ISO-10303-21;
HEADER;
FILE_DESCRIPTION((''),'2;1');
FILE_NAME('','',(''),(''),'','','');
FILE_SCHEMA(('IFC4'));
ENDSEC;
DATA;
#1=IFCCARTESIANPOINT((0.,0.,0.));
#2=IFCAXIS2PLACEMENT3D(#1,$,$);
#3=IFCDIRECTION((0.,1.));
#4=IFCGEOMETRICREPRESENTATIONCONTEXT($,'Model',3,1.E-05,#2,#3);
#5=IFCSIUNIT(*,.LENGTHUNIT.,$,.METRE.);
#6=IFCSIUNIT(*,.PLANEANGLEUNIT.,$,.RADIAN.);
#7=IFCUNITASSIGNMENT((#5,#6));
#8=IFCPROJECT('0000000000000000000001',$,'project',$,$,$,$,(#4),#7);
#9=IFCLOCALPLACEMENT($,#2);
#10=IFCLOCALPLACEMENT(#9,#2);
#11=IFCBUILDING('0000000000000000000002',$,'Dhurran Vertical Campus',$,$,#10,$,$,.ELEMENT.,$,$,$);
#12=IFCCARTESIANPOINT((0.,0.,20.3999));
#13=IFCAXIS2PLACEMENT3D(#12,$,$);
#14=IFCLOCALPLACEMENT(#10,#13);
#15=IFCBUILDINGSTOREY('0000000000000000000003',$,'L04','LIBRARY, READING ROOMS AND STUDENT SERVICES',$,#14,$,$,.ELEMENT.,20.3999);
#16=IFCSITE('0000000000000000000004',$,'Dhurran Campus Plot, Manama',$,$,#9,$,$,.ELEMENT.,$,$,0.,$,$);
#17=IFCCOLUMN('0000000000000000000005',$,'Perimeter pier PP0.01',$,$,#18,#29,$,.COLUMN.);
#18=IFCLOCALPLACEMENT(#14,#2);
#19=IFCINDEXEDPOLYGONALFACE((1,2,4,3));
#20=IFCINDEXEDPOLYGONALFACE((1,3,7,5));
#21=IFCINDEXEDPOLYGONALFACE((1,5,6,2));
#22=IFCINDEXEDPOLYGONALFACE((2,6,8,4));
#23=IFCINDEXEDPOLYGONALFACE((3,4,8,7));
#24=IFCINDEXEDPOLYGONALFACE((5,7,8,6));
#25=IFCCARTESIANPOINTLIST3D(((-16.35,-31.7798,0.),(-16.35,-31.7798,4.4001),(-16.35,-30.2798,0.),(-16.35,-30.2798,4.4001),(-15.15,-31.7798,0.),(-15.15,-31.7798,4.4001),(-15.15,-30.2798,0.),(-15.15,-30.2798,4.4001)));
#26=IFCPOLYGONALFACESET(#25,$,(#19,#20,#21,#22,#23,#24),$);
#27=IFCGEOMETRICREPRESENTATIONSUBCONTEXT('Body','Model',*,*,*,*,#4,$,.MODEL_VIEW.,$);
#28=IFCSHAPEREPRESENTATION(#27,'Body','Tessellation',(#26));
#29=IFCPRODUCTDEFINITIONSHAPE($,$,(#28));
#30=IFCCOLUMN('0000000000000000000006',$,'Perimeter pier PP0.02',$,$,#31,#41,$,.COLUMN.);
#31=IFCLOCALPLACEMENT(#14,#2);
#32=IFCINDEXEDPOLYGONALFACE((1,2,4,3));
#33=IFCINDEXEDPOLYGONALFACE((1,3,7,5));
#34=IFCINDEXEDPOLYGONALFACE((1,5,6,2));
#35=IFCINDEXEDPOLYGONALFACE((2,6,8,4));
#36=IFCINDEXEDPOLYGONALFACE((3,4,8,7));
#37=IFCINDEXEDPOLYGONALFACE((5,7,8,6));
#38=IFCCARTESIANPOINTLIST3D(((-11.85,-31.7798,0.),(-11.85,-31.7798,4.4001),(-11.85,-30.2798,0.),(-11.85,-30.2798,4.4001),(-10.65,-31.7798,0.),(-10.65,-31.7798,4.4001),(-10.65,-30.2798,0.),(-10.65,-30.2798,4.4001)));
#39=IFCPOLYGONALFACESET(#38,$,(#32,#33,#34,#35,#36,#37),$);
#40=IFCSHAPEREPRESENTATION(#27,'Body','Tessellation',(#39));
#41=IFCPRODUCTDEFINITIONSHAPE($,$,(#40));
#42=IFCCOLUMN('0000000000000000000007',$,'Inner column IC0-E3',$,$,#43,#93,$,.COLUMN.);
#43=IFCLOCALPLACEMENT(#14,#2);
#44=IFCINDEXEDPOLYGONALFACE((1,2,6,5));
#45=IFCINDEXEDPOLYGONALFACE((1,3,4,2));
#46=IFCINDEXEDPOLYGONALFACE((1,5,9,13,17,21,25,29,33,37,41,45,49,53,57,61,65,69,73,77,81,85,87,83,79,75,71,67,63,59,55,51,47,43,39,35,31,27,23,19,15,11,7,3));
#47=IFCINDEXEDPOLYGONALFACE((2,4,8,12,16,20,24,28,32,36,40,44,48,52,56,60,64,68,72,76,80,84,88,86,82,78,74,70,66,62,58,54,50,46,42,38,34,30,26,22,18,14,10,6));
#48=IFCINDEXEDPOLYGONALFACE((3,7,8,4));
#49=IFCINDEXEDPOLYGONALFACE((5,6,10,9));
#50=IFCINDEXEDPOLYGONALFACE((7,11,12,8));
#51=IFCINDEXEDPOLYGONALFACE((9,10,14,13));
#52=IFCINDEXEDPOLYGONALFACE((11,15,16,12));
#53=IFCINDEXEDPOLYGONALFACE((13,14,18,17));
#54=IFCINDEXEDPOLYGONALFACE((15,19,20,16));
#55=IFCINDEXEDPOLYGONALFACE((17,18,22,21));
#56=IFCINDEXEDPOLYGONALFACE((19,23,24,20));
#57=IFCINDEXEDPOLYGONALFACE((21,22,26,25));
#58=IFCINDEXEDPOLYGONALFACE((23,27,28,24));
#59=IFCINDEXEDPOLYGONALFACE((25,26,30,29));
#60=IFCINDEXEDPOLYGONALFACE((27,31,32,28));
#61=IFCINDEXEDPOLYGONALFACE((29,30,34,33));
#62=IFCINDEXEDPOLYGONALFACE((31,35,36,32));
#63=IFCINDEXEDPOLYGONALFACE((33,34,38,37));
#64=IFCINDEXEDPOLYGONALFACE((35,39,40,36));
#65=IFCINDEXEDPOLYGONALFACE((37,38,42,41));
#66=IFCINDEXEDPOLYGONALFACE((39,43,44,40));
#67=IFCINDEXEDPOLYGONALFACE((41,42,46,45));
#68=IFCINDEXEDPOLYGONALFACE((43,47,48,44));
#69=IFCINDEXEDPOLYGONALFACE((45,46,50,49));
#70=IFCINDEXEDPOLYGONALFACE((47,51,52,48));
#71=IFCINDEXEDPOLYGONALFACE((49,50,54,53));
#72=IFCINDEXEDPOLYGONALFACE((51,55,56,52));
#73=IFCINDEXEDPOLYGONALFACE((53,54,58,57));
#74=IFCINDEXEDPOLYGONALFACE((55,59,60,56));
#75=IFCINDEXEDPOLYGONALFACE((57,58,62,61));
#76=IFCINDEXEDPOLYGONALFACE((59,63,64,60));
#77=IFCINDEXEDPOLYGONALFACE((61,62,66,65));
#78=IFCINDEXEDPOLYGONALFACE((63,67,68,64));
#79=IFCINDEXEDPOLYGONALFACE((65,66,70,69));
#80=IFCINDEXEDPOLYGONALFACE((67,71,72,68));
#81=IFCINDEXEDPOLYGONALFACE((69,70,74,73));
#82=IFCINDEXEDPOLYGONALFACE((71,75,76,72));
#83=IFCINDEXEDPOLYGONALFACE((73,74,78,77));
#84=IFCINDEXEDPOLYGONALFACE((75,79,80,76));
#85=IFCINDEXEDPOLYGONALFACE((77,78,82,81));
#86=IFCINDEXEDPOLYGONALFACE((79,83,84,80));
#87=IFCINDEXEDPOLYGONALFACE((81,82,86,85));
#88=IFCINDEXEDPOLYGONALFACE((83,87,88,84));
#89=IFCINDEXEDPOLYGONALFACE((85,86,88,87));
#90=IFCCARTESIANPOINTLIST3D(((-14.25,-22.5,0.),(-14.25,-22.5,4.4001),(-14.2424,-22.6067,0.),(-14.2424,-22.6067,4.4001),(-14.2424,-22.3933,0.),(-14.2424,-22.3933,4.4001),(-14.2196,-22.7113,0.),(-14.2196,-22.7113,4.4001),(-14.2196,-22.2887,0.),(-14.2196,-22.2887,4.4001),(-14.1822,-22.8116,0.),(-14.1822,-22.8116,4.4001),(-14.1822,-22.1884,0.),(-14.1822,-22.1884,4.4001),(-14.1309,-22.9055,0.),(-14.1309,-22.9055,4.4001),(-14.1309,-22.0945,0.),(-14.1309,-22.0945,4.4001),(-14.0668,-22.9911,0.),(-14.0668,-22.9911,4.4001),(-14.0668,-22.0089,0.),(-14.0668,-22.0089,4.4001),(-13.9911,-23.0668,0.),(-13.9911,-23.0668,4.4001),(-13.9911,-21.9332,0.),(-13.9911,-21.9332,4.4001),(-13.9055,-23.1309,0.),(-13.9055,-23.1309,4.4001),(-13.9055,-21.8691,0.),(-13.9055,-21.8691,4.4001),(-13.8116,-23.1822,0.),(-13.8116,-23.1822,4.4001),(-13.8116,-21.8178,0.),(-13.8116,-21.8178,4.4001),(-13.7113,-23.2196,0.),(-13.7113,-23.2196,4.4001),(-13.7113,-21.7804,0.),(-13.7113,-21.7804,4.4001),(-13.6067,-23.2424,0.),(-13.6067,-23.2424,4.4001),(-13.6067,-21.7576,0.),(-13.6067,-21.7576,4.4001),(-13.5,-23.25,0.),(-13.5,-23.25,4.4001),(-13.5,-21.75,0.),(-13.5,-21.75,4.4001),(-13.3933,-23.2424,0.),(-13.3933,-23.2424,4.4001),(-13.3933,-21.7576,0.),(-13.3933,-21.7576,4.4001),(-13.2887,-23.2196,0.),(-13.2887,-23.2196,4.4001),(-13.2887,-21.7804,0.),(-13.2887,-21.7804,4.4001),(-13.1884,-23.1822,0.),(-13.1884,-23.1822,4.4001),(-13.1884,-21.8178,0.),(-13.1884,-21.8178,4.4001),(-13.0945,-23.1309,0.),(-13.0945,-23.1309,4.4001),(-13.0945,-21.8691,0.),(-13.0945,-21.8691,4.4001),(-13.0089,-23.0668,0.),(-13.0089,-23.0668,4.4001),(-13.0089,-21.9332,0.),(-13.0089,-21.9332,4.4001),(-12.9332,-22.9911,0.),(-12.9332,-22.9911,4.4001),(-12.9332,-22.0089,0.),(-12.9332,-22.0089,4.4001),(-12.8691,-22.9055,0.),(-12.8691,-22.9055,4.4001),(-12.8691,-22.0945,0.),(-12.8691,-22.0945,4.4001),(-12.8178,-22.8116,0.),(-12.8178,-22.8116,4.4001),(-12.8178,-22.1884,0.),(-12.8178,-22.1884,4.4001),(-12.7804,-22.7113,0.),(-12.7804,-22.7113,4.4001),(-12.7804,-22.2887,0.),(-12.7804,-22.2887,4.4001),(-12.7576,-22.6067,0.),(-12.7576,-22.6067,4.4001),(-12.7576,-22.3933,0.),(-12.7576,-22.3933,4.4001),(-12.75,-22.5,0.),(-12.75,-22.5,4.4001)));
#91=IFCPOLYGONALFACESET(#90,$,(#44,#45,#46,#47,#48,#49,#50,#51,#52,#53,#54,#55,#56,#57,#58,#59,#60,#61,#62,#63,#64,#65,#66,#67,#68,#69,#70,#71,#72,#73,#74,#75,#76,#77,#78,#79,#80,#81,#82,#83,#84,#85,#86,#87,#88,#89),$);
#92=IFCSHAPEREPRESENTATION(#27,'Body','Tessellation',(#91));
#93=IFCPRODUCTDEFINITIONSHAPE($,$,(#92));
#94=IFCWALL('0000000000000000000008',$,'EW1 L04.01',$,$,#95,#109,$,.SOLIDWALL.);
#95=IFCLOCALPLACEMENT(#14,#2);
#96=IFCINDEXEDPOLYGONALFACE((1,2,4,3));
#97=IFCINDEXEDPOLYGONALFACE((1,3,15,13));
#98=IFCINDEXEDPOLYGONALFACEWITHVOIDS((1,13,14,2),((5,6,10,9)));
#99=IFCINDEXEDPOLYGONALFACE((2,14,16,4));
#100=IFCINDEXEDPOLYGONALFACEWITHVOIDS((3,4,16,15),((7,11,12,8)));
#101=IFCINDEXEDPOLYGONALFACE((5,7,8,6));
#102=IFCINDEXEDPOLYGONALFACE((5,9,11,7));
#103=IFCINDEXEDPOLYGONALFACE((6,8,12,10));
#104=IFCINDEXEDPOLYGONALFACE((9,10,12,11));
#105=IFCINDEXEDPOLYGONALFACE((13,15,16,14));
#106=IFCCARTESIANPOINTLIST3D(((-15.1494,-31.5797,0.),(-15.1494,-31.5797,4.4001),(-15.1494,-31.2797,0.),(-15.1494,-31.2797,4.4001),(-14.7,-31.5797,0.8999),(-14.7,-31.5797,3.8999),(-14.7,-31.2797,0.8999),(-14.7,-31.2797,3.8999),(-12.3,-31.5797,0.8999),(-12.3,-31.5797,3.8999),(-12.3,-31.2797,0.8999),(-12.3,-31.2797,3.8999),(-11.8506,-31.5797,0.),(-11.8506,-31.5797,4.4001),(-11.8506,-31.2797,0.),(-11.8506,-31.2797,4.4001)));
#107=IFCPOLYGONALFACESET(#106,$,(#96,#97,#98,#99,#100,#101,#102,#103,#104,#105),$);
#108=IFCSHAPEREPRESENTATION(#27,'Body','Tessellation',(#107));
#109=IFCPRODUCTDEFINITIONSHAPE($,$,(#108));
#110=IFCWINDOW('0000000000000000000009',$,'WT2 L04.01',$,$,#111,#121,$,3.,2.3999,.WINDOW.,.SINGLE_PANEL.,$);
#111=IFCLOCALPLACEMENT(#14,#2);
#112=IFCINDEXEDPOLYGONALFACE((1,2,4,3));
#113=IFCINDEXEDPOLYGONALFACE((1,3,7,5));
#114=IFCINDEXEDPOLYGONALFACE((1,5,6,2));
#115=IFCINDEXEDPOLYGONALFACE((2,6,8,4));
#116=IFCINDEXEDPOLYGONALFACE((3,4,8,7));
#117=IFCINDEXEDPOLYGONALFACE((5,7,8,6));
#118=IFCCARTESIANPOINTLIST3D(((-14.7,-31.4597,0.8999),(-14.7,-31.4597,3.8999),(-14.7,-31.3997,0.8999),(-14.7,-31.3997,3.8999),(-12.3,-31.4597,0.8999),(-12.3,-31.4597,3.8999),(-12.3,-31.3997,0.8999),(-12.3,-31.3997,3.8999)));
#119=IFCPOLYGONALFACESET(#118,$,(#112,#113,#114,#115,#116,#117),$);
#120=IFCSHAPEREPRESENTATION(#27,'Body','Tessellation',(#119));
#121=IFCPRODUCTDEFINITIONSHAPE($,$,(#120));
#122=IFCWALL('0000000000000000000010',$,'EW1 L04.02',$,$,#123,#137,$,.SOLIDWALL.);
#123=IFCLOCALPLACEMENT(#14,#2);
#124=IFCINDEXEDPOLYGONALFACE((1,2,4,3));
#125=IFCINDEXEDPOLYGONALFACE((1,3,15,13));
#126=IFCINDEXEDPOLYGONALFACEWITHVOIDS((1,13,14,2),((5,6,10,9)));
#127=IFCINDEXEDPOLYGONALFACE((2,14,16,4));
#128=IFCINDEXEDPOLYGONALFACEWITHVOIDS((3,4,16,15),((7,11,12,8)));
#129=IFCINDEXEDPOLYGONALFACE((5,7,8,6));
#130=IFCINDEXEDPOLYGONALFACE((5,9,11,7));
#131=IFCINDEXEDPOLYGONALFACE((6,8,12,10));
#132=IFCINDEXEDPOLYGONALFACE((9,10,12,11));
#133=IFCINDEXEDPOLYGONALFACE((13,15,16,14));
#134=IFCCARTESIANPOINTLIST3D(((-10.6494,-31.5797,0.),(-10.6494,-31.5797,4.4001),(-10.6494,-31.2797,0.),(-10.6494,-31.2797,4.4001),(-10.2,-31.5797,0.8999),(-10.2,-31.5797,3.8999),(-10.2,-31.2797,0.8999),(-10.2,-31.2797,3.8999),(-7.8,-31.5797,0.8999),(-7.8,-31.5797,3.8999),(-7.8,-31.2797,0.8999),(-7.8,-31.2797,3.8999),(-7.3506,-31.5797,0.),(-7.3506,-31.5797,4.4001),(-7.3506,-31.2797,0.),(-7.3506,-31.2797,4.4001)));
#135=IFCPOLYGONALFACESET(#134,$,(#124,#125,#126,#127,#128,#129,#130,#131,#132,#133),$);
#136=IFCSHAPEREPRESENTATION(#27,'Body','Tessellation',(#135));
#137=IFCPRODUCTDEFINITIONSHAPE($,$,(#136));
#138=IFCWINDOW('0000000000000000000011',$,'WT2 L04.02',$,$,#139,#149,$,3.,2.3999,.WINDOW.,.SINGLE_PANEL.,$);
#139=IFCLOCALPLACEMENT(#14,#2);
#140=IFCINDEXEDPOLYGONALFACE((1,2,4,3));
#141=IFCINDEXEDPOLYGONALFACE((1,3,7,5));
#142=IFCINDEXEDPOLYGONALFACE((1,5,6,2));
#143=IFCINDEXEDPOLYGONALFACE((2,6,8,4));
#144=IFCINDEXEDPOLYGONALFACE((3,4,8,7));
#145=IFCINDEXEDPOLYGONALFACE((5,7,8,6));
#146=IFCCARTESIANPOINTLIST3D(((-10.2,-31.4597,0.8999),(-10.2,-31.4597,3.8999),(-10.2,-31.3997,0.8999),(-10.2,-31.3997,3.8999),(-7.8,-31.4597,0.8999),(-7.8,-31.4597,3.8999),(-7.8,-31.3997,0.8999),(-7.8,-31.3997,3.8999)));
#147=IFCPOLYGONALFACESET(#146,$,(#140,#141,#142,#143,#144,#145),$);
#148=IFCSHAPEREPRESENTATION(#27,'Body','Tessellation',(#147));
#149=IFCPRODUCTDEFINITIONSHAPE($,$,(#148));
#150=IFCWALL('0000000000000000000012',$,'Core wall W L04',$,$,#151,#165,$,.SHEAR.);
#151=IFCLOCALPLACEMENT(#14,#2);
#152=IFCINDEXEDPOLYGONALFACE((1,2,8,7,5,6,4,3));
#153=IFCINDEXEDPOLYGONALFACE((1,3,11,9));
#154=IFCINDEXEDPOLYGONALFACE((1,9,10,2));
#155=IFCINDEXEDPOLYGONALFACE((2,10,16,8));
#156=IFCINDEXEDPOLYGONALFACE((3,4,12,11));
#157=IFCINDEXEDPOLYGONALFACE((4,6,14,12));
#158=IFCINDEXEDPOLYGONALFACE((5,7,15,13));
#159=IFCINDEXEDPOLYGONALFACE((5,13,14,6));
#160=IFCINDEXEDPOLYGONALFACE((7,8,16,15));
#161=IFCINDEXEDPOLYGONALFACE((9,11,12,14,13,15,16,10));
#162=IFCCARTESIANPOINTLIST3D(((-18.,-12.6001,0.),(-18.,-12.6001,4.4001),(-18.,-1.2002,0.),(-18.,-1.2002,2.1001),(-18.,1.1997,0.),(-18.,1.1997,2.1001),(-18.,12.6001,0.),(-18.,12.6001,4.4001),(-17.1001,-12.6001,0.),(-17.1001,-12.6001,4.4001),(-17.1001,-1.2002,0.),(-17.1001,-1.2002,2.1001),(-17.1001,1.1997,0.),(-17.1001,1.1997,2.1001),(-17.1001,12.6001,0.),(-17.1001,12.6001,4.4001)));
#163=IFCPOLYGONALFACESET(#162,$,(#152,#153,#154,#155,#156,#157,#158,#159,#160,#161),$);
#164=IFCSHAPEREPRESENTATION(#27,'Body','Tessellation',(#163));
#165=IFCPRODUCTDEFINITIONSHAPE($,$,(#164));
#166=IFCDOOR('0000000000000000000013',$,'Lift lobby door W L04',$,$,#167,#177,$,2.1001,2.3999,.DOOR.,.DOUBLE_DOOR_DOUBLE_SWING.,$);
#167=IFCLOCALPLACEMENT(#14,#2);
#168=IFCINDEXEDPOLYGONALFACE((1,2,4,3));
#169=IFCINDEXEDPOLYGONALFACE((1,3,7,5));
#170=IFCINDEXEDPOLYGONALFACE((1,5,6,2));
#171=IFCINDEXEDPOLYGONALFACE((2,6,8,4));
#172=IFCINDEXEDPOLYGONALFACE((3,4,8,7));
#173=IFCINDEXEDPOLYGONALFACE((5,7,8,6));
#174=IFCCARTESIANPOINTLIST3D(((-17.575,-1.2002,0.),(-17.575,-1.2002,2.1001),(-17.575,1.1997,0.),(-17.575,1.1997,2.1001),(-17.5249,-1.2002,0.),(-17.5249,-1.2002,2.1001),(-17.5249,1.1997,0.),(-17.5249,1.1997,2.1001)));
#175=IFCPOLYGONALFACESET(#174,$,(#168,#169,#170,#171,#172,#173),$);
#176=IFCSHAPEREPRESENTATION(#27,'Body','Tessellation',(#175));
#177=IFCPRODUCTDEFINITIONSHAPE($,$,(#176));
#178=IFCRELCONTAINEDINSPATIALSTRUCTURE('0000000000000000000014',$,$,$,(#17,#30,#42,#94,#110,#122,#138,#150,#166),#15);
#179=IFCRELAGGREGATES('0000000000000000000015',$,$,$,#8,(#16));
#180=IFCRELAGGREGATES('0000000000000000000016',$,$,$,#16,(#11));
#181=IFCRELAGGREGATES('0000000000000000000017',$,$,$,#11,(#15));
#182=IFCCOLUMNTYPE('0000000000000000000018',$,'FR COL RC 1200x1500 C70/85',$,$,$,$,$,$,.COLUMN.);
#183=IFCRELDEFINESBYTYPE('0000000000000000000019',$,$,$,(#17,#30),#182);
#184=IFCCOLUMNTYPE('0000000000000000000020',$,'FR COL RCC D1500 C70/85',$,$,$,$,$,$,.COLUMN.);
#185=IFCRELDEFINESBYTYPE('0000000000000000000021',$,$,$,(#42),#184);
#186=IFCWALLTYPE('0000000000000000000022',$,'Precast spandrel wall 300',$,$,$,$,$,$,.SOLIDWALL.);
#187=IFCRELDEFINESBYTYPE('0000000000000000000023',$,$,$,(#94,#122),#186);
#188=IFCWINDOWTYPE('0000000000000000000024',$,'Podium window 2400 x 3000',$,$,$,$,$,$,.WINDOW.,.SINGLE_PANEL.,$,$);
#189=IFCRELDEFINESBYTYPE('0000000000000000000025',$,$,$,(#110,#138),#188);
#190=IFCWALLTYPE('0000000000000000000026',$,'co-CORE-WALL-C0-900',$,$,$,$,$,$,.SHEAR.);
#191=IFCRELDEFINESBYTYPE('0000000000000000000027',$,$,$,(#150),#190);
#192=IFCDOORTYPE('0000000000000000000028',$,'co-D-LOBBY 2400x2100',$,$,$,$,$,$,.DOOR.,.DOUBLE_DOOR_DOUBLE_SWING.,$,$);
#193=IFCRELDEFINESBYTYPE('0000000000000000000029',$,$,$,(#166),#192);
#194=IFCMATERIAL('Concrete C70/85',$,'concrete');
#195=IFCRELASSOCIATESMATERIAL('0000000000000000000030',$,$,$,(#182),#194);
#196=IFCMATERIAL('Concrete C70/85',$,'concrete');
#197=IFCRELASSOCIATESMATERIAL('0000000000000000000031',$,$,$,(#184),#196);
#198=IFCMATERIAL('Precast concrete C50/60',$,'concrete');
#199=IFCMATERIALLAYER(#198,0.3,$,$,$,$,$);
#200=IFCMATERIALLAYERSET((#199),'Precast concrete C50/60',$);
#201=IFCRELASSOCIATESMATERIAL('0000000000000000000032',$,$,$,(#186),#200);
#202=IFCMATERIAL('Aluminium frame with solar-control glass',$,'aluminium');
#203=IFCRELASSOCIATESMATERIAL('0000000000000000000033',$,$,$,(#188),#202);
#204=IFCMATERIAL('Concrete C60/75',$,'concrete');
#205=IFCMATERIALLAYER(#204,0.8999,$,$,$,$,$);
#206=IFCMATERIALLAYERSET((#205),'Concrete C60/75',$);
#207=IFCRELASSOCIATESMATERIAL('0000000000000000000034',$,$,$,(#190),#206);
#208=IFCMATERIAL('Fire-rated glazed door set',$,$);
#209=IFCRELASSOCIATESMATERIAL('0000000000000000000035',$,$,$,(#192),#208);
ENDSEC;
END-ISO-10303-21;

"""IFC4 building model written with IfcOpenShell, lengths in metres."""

from ifc_helpers import new_model, si_unit, direction, frame, frame_2d, origin, origin_2d, place, context, subcontext, project, spatial, rectangle, circle, extrude, material, layer, layer_set, material_profile, profile_set, type_object, element, fill, save


model = new_model("IFC4")

# Units and contexts
model_context = context("Model", 3, precision=1e-05, world=origin(), true_north=direction((0.0, 1.0)))
body_context = subcontext(model_context, "Body", "Model", "MODEL_VIEW")
ifc_project = project(units=[si_unit("LENGTHUNIT", "METRE"), si_unit("PLANEANGLEUNIT", "RADIAN")], contexts=[model_context])

# Site, building, storey
site_placement = place(None, origin())
site = spatial("IfcSite", under=ifc_project, at=site_placement, Name="Dhurran Campus Plot, Manama", CompositionType="ELEMENT", RefElevation=0.0)
building_placement = place(site_placement, origin())
building = spatial("IfcBuilding", under=site, at=building_placement, Name="Dhurran Vertical Campus", CompositionType="ELEMENT")
storey_placement = place(building_placement, frame((0.0, 0.0, 20.3999)))
storey = spatial("IfcBuildingStorey", under=building, at=storey_placement, Name="L04", Description="LIBRARY, READING ROOMS AND STUDENT SERVICES", CompositionType="ELEMENT", Elevation=20.3999)

# Columns
ifc_material_1 = material(Name="Concrete C70/85", Category="concrete")
ifc_material_profile_1 = material_profile(ifc_material_1, rectangle(XDim=1.2, YDim=1.5, at=origin_2d()), Name="RC 1200x1500")
ifc_profile_set_1 = profile_set([ifc_material_profile_1], Name="Concrete C70/85")
column_type_1 = type_object("IfcColumnType", Name="FR COL RC 1200x1500 C70/85", PredefinedType="COLUMN", material=ifc_profile_set_1)
for number, where, z_axis, x_axis, name in (
    (1, (-15.75, -31.0298, 0.0), (0.0, 0.0, 1.0), (1.0, 0.0, 0.0), "Perimeter pier PP0.01"),
    (2, (-11.25, -31.0298, 0.0), (0.0, 0.0, 1.0), (1.0, 0.0, 0.0), "Perimeter pier PP0.02"),
):
    element("IfcColumn", number, at=place(storey_placement, frame(where, z_axis=z_axis, x_axis=x_axis)), inside=storey, type_object=column_type_1, Name=name, PredefinedType="COLUMN", context=body_context, shape_type="SweptSolid", body=[
        extrude(rectangle(XDim=1.2, YDim=1.5, at=origin_2d()), origin(), (0.0, 0.0, 1.0), 4.4001),
    ])
ifc_material_2 = material(Name="Concrete C70/85", Category="concrete")
ifc_material_profile_2 = material_profile(ifc_material_2, circle(Radius=0.75, at=origin_2d()), Name="RCC D1500")
ifc_profile_set_2 = profile_set([ifc_material_profile_2], Name="Concrete C70/85")
column_type_2 = type_object("IfcColumnType", Name="FR COL RCC D1500 C70/85", PredefinedType="COLUMN", material=ifc_profile_set_2)
column_placement = place(storey_placement, frame((-13.5, -22.5, 0.0), z_axis=(0.0, 0.0, 1.0), x_axis=(1.0, 0.0, 0.0)))
element("IfcColumn", 3, at=column_placement, inside=storey, type_object=column_type_2, Name="Inner column IC0-E3", PredefinedType="COLUMN", context=body_context, shape_type="SweptSolid", body=[
    extrude(circle(Radius=0.75, at=origin_2d()), origin(), (0.0, 0.0, 1.0), 4.4001),
])

# Walls, openings, windows
ifc_material_3 = material(Name="Precast concrete C50/60", Category="concrete")
ifc_layer_1 = layer(ifc_material_3, 0.3)
ifc_layer_set_1 = layer_set([ifc_layer_1], Name="Precast concrete C50/60")
wall_type_1 = type_object("IfcWallType", Name="Precast spandrel wall 300", PredefinedType="SOLIDWALL", material=ifc_layer_set_1)
wall_1_placement = place(storey_placement, frame((-15.1494, -31.4297, 0.0), z_axis=(0.0, 0.0, 1.0), x_axis=(1.0, 0.0, 0.0)))
wall_1 = element("IfcWall", 4, at=wall_1_placement, inside=storey, type_object=wall_type_1, Name="EW1 L04.01", PredefinedType="SOLIDWALL", context=body_context, shape_type="SweptSolid", body=[
    extrude(rectangle(XDim=3.2988, YDim=0.3, at=frame_2d((1.6494, 0.0))), origin(), (0.0, 0.0, 1.0), 4.4001),
])
opening_1_placement = place(wall_1_placement, frame((0.4495, 0.0, 0.8999)))
opening_1 = element("IfcOpeningElement", 5, at=opening_1_placement, cuts=wall_1, PredefinedType="OPENING", context=body_context, shape_type="SweptSolid", body=[
    extrude(rectangle(XDim=2.3999, YDim=3.0, at=frame_2d((1.2, 1.5))), frame((0.0, 0.1599, 0.0), z_axis=(0.0, -1.0, 0.0), x_axis=(1.0, 0.0, 0.0)), (0.0, 0.0, 1.0), 0.3201),
])
ifc_material_4 = material(Name="Aluminium frame with solar-control glass", Category="aluminium")
window_type = type_object("IfcWindowType", Name="Podium window 2400 x 3000", PartitioningType="SINGLE_PANEL", PredefinedType="WINDOW", material=ifc_material_4)
window_1_placement = place(opening_1_placement, origin())
window_1 = element("IfcWindow", 6, at=window_1_placement, inside=storey, type_object=window_type, Name="WT2 L04.01", OverallHeight=3.0, OverallWidth=2.3999, PartitioningType="SINGLE_PANEL", PredefinedType="WINDOW", context=body_context, shape_type="SweptSolid", body=[
    extrude(rectangle(XDim=2.3999, YDim=3.0, at=frame_2d((1.2, 1.5))), frame((0.0, 0.03, 0.0), z_axis=(0.0, -1.0, 0.0), x_axis=(1.0, 0.0, 0.0)), (0.0, 0.0, 1.0), 0.0601),
])
fill(opening_1, window_1)
wall_2_placement = place(storey_placement, frame((-10.6494, -31.4297, 0.0), z_axis=(0.0, 0.0, 1.0), x_axis=(1.0, 0.0, 0.0)))
wall_2 = element("IfcWall", 7, at=wall_2_placement, inside=storey, type_object=wall_type_1, Name="EW1 L04.02", PredefinedType="SOLIDWALL", context=body_context, shape_type="SweptSolid", body=[
    extrude(rectangle(XDim=3.2988, YDim=0.3, at=frame_2d((1.6494, 0.0))), origin(), (0.0, 0.0, 1.0), 4.4001),
])
opening_2_placement = place(wall_2_placement, frame((0.4495, 0.0, 0.8999)))
opening_2 = element("IfcOpeningElement", 8, at=opening_2_placement, cuts=wall_2, PredefinedType="OPENING", context=body_context, shape_type="SweptSolid", body=[
    extrude(rectangle(XDim=2.3999, YDim=3.0, at=frame_2d((1.2, 1.5))), frame((0.0, 0.1599, 0.0), z_axis=(0.0, -1.0, 0.0), x_axis=(1.0, 0.0, 0.0)), (0.0, 0.0, 1.0), 0.3201),
])
window_2_placement = place(opening_2_placement, origin())
window_2 = element("IfcWindow", 9, at=window_2_placement, inside=storey, type_object=window_type, Name="WT2 L04.02", OverallHeight=3.0, OverallWidth=2.3999, PartitioningType="SINGLE_PANEL", PredefinedType="WINDOW", context=body_context, shape_type="SweptSolid", body=[
    extrude(rectangle(XDim=2.3999, YDim=3.0, at=frame_2d((1.2, 1.5))), frame((0.0, 0.03, 0.0), z_axis=(0.0, -1.0, 0.0), x_axis=(1.0, 0.0, 0.0)), (0.0, 0.0, 1.0), 0.0601),
])
fill(opening_2, window_2)

# Wall, opening, door
ifc_material_5 = material(Name="Concrete C60/75", Category="concrete")
ifc_layer_2 = layer(ifc_material_5, 0.8999)
ifc_layer_set_2 = layer_set([ifc_layer_2], Name="Concrete C60/75")
wall_type_2 = type_object("IfcWallType", Name="co-CORE-WALL-C0-900", PredefinedType="SHEAR", material=ifc_layer_set_2)
wall_3_placement = place(storey_placement, frame((-17.55, -12.6001, 0.0), z_axis=(0.0, 0.0, 1.0), x_axis=(0.0, 1.0, 0.0)))
wall_3 = element("IfcWall", 10, at=wall_3_placement, inside=storey, type_object=wall_type_2, Name="Core wall W L04", PredefinedType="SHEAR", context=body_context, shape_type="SweptSolid", body=[
    extrude(rectangle(XDim=25.2002, YDim=0.8999, at=frame_2d((12.6001, 0.0))), origin(), (0.0, 0.0, 1.0), 4.4001),
])
opening_3_placement = place(wall_3_placement, frame((11.3999, 0.0, 0.0)))
opening_3 = element("IfcOpeningElement", 11, at=opening_3_placement, cuts=wall_3, PredefinedType="OPENING", context=body_context, shape_type="SweptSolid", body=[
    extrude(rectangle(XDim=2.3999, YDim=2.1001, at=frame_2d((1.2, 1.05))), frame((0.0, 0.46, 0.0), z_axis=(0.0, -1.0, 0.0), x_axis=(1.0, 0.0, 0.0)), (0.0, 0.0, 1.0), 0.9199),
])
ifc_material_6 = material(Name="Fire-rated glazed door set")
door_type_1 = type_object("IfcDoorType", Name="co-D-LOBBY 2400x2100", OperationType="DOUBLE_DOOR_DOUBLE_SWING", PredefinedType="DOOR", material=ifc_material_6)
door_1_placement = place(opening_3_placement, origin())
door_1 = element("IfcDoor", 12, at=door_1_placement, inside=storey, type_object=door_type_1, Name="Lift lobby door W L04", OperationType="DOUBLE_DOOR_DOUBLE_SWING", OverallHeight=2.1001, OverallWidth=2.3999, PredefinedType="DOOR", context=body_context, shape_type="SweptSolid", body=[
    extrude(rectangle(XDim=2.3999, YDim=2.1001, at=frame_2d((1.2, 1.05))), frame((0.0, 0.0249, 0.0), z_axis=(0.0, -1.0, 0.0), x_axis=(1.0, 0.0, 0.0)), (0.0, 0.0, 1.0), 0.05),
])
fill(opening_3, door_1)

save(model, "model.ifc")
